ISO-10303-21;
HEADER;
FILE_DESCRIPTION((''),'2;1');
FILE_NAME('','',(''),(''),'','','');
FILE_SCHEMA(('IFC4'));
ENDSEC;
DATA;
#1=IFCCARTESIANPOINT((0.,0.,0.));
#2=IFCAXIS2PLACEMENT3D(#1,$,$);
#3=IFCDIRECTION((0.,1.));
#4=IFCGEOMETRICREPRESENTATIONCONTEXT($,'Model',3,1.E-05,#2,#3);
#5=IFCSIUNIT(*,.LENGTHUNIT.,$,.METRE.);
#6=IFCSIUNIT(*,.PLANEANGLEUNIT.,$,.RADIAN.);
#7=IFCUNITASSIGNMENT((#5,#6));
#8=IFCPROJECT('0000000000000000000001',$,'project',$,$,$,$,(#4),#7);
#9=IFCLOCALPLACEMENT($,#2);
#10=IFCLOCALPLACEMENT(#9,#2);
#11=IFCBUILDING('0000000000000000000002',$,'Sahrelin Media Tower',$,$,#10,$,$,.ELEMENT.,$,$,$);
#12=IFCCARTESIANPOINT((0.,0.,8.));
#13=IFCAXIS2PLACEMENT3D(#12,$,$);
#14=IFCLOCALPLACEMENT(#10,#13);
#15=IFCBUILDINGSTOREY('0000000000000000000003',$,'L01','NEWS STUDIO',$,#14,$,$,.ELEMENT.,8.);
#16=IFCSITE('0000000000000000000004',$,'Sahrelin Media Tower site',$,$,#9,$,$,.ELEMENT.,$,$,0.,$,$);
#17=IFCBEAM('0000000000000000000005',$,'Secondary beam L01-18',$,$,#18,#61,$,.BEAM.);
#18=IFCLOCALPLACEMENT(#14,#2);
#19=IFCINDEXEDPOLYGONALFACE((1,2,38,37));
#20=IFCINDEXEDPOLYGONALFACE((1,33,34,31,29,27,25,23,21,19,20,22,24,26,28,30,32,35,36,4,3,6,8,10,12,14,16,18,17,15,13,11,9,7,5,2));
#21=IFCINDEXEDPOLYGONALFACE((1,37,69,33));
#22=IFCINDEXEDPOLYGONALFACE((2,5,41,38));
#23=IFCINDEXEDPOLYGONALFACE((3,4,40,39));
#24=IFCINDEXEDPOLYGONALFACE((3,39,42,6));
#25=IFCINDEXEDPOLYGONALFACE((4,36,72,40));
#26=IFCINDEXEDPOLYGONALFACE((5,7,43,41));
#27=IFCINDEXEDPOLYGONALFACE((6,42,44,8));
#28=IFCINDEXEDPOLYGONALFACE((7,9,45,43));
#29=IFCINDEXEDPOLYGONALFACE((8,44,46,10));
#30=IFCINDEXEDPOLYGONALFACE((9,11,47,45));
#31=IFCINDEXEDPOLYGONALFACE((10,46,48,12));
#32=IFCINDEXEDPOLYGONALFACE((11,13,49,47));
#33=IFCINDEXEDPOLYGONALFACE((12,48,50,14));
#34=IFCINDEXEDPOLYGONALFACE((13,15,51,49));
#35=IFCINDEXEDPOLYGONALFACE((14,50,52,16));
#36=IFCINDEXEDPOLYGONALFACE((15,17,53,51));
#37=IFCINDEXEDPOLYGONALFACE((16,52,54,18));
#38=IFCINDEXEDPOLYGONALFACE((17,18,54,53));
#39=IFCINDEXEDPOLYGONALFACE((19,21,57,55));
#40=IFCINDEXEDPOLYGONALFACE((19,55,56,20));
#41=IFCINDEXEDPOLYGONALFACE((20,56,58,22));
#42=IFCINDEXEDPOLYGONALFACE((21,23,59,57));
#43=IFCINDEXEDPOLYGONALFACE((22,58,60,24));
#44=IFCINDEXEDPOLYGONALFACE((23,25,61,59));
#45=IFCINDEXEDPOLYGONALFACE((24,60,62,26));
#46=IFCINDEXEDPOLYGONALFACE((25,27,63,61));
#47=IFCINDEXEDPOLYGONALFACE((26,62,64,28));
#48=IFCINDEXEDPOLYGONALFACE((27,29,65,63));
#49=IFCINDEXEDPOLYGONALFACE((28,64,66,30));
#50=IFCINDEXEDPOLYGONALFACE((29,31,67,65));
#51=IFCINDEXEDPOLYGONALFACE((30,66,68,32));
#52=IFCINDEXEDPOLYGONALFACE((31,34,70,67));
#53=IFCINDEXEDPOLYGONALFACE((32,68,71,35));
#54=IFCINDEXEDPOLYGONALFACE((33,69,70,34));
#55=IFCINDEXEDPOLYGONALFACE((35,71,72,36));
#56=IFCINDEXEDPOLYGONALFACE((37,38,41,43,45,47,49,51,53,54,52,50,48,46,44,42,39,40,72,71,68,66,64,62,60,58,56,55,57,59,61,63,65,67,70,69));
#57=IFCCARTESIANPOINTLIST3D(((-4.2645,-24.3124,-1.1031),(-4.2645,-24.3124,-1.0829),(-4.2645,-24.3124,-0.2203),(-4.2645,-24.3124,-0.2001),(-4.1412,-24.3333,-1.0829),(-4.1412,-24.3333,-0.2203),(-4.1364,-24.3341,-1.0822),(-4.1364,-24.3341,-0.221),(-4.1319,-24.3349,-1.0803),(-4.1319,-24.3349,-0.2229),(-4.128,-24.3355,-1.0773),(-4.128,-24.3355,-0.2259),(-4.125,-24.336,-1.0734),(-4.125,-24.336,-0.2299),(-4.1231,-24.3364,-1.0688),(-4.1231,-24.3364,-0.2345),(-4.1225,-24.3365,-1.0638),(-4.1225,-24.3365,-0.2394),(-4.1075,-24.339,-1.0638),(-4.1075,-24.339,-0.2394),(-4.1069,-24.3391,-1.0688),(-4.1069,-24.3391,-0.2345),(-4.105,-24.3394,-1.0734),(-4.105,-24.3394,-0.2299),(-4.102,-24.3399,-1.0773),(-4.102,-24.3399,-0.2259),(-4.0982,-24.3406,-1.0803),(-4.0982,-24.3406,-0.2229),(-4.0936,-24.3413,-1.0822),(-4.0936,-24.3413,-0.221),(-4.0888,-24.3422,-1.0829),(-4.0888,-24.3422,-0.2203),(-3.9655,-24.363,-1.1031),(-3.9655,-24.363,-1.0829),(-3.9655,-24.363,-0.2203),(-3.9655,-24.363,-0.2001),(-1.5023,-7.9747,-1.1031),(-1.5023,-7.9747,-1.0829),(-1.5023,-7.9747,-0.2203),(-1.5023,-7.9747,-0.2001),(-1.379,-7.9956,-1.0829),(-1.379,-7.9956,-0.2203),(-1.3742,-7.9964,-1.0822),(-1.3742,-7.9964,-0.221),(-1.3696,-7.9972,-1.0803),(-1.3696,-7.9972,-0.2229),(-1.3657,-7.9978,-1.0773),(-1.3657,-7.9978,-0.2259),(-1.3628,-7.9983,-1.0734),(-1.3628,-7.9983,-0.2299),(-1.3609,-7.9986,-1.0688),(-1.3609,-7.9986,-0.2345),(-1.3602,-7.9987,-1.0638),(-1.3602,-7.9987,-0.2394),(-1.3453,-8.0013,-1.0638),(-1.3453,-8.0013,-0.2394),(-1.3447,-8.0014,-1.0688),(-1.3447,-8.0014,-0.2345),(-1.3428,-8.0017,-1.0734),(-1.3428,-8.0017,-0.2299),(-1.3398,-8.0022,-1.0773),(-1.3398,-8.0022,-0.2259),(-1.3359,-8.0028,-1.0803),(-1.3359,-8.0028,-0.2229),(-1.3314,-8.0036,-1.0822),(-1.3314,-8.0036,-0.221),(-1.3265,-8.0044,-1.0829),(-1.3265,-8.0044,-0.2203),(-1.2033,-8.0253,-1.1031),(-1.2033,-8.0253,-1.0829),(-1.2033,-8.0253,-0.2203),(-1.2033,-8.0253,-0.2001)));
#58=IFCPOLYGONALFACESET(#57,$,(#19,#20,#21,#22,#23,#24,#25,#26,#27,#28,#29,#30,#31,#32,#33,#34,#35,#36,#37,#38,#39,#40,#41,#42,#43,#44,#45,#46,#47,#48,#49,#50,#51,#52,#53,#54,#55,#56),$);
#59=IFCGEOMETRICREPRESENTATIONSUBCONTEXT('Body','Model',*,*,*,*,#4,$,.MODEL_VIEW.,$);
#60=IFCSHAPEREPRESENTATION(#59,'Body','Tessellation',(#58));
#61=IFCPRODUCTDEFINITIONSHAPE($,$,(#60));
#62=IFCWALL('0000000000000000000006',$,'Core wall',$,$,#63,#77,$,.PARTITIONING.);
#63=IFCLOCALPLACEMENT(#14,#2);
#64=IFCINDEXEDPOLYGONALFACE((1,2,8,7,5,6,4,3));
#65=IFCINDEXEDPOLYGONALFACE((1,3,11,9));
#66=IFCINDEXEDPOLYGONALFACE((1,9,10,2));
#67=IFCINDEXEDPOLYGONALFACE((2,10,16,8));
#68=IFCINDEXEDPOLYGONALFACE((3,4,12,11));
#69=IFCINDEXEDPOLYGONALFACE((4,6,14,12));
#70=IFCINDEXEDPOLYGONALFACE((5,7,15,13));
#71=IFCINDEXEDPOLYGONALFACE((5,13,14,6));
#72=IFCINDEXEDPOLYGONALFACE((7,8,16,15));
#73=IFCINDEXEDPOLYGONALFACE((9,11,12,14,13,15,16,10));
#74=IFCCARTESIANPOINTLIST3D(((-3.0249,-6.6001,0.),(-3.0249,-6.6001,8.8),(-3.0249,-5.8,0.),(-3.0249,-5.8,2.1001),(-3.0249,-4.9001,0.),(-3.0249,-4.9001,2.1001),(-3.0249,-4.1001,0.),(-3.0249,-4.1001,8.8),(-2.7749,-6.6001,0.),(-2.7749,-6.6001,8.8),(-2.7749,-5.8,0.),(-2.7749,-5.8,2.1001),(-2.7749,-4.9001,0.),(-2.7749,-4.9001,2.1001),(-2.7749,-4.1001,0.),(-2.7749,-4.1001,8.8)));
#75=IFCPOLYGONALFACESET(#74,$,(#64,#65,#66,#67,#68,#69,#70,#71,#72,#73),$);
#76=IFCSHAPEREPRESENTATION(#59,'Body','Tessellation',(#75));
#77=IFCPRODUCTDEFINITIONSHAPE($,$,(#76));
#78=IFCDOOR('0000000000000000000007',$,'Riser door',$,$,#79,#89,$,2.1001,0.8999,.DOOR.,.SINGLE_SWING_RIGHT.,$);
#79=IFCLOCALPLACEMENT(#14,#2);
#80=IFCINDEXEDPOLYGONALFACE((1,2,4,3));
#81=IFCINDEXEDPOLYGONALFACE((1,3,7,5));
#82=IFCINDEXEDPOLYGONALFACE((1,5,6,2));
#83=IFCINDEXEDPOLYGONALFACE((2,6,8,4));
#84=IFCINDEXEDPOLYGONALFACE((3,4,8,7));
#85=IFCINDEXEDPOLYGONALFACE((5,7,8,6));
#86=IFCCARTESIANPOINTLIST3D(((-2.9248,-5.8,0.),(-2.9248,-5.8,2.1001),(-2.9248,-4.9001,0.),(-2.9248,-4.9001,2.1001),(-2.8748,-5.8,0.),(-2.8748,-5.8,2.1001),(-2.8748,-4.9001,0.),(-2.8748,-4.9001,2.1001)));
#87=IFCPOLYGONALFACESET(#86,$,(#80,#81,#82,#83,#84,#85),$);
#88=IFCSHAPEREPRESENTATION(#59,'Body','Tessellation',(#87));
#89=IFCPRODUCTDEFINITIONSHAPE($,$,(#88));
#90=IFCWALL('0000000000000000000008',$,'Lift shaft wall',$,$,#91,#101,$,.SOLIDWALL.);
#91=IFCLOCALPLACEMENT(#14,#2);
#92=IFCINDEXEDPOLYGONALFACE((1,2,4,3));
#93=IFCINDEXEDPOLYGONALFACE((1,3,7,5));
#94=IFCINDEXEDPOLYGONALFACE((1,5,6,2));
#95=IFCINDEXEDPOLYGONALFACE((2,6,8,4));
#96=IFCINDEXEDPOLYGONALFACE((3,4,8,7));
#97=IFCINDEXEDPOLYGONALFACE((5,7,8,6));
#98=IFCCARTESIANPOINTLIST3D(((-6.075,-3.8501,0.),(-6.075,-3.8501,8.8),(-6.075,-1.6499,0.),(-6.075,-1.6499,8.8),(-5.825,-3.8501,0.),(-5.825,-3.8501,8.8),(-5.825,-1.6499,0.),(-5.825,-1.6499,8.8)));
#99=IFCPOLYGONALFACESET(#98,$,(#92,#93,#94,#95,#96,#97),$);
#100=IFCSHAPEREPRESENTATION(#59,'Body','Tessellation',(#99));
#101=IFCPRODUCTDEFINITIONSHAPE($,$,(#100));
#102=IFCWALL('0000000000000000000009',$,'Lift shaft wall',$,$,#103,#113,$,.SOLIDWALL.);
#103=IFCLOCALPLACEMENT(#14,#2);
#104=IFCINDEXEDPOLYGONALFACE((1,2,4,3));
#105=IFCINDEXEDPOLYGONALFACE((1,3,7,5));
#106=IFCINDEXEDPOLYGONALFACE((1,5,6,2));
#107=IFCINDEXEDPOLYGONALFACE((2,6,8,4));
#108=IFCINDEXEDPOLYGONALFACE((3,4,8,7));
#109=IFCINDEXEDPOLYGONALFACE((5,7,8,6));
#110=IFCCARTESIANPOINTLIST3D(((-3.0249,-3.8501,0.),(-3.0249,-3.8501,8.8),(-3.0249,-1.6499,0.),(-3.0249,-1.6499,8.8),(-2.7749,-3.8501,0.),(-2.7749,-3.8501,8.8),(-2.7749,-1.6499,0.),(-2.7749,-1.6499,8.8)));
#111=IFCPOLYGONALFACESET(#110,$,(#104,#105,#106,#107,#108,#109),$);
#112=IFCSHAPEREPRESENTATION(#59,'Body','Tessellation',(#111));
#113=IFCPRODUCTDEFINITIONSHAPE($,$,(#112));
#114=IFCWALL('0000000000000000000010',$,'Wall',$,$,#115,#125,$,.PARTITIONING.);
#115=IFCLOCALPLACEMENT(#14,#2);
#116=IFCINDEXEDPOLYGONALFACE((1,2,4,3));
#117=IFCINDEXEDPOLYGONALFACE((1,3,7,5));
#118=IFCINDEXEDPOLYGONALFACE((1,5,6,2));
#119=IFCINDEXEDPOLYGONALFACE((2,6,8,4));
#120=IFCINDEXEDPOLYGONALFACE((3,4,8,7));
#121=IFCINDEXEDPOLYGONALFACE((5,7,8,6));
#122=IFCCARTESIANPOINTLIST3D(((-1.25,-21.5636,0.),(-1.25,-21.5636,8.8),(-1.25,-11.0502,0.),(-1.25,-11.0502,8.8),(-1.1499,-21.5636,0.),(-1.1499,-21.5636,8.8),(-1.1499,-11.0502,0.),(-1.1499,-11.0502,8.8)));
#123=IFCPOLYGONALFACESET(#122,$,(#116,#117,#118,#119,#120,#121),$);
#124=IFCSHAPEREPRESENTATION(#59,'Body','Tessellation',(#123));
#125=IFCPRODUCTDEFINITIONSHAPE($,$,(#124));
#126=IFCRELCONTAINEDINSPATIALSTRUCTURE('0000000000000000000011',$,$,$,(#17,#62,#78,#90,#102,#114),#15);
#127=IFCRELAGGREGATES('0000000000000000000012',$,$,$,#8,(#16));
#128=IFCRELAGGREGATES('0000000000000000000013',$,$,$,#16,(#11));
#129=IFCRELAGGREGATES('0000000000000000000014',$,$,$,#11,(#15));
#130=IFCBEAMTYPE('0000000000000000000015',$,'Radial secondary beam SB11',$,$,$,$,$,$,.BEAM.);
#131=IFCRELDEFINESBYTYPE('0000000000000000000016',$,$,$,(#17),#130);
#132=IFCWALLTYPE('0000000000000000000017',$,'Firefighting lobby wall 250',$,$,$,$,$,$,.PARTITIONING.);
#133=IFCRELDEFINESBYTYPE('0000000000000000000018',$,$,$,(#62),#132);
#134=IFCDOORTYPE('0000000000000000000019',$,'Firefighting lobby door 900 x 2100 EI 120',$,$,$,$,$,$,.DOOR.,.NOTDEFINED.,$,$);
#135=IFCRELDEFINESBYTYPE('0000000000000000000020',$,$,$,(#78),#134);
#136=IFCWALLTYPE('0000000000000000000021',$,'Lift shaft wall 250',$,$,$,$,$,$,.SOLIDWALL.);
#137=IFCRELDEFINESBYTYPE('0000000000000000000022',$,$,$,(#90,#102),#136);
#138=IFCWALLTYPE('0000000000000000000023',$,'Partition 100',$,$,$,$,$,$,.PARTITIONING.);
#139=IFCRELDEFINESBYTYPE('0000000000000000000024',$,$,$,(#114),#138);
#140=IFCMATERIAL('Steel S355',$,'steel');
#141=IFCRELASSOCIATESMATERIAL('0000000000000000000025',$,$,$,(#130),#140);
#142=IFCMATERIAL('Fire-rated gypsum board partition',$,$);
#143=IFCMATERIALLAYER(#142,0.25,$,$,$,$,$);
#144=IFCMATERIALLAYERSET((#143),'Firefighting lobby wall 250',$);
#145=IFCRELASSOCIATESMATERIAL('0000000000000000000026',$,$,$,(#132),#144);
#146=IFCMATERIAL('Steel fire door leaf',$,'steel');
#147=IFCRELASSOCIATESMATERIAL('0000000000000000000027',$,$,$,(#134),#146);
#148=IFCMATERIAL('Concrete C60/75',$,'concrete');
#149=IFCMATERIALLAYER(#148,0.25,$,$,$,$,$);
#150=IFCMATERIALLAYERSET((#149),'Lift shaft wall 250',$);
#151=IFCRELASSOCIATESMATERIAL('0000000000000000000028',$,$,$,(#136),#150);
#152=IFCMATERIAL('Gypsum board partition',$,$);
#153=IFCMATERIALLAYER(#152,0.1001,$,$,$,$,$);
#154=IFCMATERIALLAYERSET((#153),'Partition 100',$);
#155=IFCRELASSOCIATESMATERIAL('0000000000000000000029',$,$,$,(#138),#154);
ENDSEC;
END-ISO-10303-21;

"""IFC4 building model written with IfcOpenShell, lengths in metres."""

from ifc_helpers import new_model, si_unit, direction, frame, frame_2d, origin, origin_2d, place, context, subcontext, project, spatial, rectangle, i_section, extrude, material, layer, layer_set, material_profile, profile_set, type_object, element, fill, save


model = new_model("IFC4")

# Units and contexts
model_context = context("Model", 3, precision=1e-05, world=origin(), true_north=direction((0.0, 1.0)))
body_context = subcontext(model_context, "Body", "Model", "MODEL_VIEW")
ifc_project = project(units=[si_unit("LENGTHUNIT", "METRE"), si_unit("PLANEANGLEUNIT", "RADIAN")], contexts=[model_context])

# Site, building, storey
site_placement = place(None, origin())
site = spatial("IfcSite", under=ifc_project, at=site_placement, Name="Sahrelin Media Tower site", CompositionType="ELEMENT", RefElevation=0.0)
building_placement = place(site_placement, origin())
building = spatial("IfcBuilding", under=site, at=building_placement, Name="Sahrelin Media Tower", CompositionType="ELEMENT")
storey_placement = place(building_placement, frame((0.0, 0.0, 8.0)))
storey = spatial("IfcBuildingStorey", under=building, at=storey_placement, Name="L01", Description="NEWS STUDIO", CompositionType="ELEMENT", Elevation=8.0)

# Beam
ifc_material_1 = material(Name="Steel S355", Category="steel")
ifc_material_profile_1 = material_profile(ifc_material_1, i_section(OverallWidth=0.3032, OverallDepth=0.9031, WebThickness=0.0151, FlangeThickness=0.0203, FilletRadius=0.019, at=origin_2d()), Name="UB 914x305x201")
ifc_profile_set_1 = profile_set([ifc_material_profile_1], Name="Steel S355")
beam_type_1 = type_object("IfcBeamType", Name="Radial secondary beam SB11", PredefinedType="BEAM", material=ifc_profile_set_1)
beam_1_placement = place(storey_placement, frame((-1.3528, -8.0, -0.6516), z_axis=(-0.166704, -0.986007, 0.0), x_axis=(0.986007, -0.166704, 0.0)))
element("IfcBeam", 1, at=beam_1_placement, inside=storey, type_object=beam_type_1, Name="Secondary beam L01-18", PredefinedType="BEAM", context=body_context, shape_type="SweptSolid", body=[
    extrude(i_section(OverallWidth=0.3032, OverallDepth=0.9031, WebThickness=0.0151, FlangeThickness=0.0203, FilletRadius=0.019, at=origin_2d()), origin(), (0.0, 0.0, 1.0), 16.5696),
])

# Wall, opening, door
ifc_material_2 = material(Name="Fire-rated gypsum board partition")
ifc_layer_1 = layer(ifc_material_2, 0.25)
ifc_layer_set_1 = layer_set([ifc_layer_1], Name="Firefighting lobby wall 250")
wall_type_1 = type_object("IfcWallType", Name="Firefighting lobby wall 250", PredefinedType="PARTITIONING", material=ifc_layer_set_1)
wall_1_placement = place(storey_placement, frame((-2.8999, -6.6001, 0.0), z_axis=(0.0, 0.0, 1.0), x_axis=(0.0, 1.0, 0.0)))
wall_1 = element("IfcWall", 2, at=wall_1_placement, inside=storey, type_object=wall_type_1, Name="Core wall", PredefinedType="PARTITIONING", context=body_context, shape_type="SweptSolid", body=[
    extrude(rectangle(XDim=2.5, YDim=0.25, at=frame_2d((1.25, 0.0))), origin(), (0.0, 0.0, 1.0), 8.8),
])
opening_placement = place(wall_1_placement, frame((0.8, 0.0, 0.0)))
opening = element("IfcOpeningElement", 3, at=opening_placement, cuts=wall_1, PredefinedType="OPENING", context=body_context, shape_type="SweptSolid", body=[
    extrude(rectangle(XDim=0.8999, YDim=2.1001, at=frame_2d((0.45, 1.05))), frame((0.0, 0.125, 0.0), z_axis=(0.0, -1.0, 0.0), x_axis=(1.0, 0.0, 0.0)), (0.0, 0.0, 1.0), 0.25),
])
ifc_material_3 = material(Name="Steel fire door leaf", Category="steel")
door_type = type_object("IfcDoorType", Name="Firefighting lobby door 900 x 2100 EI 120", OperationType="NOTDEFINED", PredefinedType="DOOR", material=ifc_material_3)
door_placement = place(opening_placement, origin())
door = element("IfcDoor", 4, at=door_placement, inside=storey, type_object=door_type, Name="Riser door", OperationType="SINGLE_SWING_RIGHT", OverallHeight=2.1001, OverallWidth=0.8999, PredefinedType="DOOR", context=body_context, shape_type="SweptSolid", body=[
    extrude(rectangle(XDim=0.8999, YDim=2.1001, at=frame_2d((0.45, 1.05))), frame((0.0, 0.0249, 0.0), z_axis=(0.0, -1.0, 0.0), x_axis=(1.0, 0.0, 0.0)), (0.0, 0.0, 1.0), 0.05),
])
fill(opening, door)

# Walls
ifc_material_4 = material(Name="Concrete C60/75", Category="concrete")
ifc_layer_2 = layer(ifc_material_4, 0.25)
ifc_layer_set_2 = layer_set([ifc_layer_2], Name="Lift shaft wall 250")
wall_type_2 = type_object("IfcWallType", Name="Lift shaft wall 250", PredefinedType="SOLIDWALL", material=ifc_layer_set_2)
for number, where, z_axis, x_axis, name in (
    (5, (-5.95, -3.8501, 0.0), (0.0, 0.0, 1.0), (0.0, 1.0, 0.0), "Lift shaft wall"),
    (6, (-2.8999, -3.8501, 0.0), (0.0, 0.0, 1.0), (0.0, 1.0, 0.0), "Lift shaft wall"),
):
    element("IfcWall", number, at=place(storey_placement, frame(where, z_axis=z_axis, x_axis=x_axis)), inside=storey, type_object=wall_type_2, Name=name, PredefinedType="SOLIDWALL", context=body_context, shape_type="SweptSolid", body=[
        extrude(rectangle(XDim=2.2002, YDim=0.25, at=frame_2d((1.1001, 0.0))), origin(), (0.0, 0.0, 1.0), 8.8),
    ])
ifc_material_5 = material(Name="Gypsum board partition")
ifc_layer_3 = layer(ifc_material_5, 0.1001)
ifc_layer_set_3 = layer_set([ifc_layer_3], Name="Partition 100")
wall_type_3 = type_object("IfcWallType", Name="Partition 100", PredefinedType="PARTITIONING", material=ifc_layer_set_3)
wall_2_placement = place(storey_placement, frame((-1.2, -11.05, 0.0), z_axis=(0.0, 0.0, 1.0), x_axis=(0.0, -1.0, 0.0)))
element("IfcWall", 7, at=wall_2_placement, inside=storey, type_object=wall_type_3, Name="Wall", PredefinedType="PARTITIONING", context=body_context, shape_type="SweptSolid", body=[
    extrude(rectangle(XDim=10.5134, YDim=0.1001, at=frame_2d((5.2568, 0.0))), origin(), (0.0, 0.0, 1.0), 8.8),
])

save(model, "model.ifc")
